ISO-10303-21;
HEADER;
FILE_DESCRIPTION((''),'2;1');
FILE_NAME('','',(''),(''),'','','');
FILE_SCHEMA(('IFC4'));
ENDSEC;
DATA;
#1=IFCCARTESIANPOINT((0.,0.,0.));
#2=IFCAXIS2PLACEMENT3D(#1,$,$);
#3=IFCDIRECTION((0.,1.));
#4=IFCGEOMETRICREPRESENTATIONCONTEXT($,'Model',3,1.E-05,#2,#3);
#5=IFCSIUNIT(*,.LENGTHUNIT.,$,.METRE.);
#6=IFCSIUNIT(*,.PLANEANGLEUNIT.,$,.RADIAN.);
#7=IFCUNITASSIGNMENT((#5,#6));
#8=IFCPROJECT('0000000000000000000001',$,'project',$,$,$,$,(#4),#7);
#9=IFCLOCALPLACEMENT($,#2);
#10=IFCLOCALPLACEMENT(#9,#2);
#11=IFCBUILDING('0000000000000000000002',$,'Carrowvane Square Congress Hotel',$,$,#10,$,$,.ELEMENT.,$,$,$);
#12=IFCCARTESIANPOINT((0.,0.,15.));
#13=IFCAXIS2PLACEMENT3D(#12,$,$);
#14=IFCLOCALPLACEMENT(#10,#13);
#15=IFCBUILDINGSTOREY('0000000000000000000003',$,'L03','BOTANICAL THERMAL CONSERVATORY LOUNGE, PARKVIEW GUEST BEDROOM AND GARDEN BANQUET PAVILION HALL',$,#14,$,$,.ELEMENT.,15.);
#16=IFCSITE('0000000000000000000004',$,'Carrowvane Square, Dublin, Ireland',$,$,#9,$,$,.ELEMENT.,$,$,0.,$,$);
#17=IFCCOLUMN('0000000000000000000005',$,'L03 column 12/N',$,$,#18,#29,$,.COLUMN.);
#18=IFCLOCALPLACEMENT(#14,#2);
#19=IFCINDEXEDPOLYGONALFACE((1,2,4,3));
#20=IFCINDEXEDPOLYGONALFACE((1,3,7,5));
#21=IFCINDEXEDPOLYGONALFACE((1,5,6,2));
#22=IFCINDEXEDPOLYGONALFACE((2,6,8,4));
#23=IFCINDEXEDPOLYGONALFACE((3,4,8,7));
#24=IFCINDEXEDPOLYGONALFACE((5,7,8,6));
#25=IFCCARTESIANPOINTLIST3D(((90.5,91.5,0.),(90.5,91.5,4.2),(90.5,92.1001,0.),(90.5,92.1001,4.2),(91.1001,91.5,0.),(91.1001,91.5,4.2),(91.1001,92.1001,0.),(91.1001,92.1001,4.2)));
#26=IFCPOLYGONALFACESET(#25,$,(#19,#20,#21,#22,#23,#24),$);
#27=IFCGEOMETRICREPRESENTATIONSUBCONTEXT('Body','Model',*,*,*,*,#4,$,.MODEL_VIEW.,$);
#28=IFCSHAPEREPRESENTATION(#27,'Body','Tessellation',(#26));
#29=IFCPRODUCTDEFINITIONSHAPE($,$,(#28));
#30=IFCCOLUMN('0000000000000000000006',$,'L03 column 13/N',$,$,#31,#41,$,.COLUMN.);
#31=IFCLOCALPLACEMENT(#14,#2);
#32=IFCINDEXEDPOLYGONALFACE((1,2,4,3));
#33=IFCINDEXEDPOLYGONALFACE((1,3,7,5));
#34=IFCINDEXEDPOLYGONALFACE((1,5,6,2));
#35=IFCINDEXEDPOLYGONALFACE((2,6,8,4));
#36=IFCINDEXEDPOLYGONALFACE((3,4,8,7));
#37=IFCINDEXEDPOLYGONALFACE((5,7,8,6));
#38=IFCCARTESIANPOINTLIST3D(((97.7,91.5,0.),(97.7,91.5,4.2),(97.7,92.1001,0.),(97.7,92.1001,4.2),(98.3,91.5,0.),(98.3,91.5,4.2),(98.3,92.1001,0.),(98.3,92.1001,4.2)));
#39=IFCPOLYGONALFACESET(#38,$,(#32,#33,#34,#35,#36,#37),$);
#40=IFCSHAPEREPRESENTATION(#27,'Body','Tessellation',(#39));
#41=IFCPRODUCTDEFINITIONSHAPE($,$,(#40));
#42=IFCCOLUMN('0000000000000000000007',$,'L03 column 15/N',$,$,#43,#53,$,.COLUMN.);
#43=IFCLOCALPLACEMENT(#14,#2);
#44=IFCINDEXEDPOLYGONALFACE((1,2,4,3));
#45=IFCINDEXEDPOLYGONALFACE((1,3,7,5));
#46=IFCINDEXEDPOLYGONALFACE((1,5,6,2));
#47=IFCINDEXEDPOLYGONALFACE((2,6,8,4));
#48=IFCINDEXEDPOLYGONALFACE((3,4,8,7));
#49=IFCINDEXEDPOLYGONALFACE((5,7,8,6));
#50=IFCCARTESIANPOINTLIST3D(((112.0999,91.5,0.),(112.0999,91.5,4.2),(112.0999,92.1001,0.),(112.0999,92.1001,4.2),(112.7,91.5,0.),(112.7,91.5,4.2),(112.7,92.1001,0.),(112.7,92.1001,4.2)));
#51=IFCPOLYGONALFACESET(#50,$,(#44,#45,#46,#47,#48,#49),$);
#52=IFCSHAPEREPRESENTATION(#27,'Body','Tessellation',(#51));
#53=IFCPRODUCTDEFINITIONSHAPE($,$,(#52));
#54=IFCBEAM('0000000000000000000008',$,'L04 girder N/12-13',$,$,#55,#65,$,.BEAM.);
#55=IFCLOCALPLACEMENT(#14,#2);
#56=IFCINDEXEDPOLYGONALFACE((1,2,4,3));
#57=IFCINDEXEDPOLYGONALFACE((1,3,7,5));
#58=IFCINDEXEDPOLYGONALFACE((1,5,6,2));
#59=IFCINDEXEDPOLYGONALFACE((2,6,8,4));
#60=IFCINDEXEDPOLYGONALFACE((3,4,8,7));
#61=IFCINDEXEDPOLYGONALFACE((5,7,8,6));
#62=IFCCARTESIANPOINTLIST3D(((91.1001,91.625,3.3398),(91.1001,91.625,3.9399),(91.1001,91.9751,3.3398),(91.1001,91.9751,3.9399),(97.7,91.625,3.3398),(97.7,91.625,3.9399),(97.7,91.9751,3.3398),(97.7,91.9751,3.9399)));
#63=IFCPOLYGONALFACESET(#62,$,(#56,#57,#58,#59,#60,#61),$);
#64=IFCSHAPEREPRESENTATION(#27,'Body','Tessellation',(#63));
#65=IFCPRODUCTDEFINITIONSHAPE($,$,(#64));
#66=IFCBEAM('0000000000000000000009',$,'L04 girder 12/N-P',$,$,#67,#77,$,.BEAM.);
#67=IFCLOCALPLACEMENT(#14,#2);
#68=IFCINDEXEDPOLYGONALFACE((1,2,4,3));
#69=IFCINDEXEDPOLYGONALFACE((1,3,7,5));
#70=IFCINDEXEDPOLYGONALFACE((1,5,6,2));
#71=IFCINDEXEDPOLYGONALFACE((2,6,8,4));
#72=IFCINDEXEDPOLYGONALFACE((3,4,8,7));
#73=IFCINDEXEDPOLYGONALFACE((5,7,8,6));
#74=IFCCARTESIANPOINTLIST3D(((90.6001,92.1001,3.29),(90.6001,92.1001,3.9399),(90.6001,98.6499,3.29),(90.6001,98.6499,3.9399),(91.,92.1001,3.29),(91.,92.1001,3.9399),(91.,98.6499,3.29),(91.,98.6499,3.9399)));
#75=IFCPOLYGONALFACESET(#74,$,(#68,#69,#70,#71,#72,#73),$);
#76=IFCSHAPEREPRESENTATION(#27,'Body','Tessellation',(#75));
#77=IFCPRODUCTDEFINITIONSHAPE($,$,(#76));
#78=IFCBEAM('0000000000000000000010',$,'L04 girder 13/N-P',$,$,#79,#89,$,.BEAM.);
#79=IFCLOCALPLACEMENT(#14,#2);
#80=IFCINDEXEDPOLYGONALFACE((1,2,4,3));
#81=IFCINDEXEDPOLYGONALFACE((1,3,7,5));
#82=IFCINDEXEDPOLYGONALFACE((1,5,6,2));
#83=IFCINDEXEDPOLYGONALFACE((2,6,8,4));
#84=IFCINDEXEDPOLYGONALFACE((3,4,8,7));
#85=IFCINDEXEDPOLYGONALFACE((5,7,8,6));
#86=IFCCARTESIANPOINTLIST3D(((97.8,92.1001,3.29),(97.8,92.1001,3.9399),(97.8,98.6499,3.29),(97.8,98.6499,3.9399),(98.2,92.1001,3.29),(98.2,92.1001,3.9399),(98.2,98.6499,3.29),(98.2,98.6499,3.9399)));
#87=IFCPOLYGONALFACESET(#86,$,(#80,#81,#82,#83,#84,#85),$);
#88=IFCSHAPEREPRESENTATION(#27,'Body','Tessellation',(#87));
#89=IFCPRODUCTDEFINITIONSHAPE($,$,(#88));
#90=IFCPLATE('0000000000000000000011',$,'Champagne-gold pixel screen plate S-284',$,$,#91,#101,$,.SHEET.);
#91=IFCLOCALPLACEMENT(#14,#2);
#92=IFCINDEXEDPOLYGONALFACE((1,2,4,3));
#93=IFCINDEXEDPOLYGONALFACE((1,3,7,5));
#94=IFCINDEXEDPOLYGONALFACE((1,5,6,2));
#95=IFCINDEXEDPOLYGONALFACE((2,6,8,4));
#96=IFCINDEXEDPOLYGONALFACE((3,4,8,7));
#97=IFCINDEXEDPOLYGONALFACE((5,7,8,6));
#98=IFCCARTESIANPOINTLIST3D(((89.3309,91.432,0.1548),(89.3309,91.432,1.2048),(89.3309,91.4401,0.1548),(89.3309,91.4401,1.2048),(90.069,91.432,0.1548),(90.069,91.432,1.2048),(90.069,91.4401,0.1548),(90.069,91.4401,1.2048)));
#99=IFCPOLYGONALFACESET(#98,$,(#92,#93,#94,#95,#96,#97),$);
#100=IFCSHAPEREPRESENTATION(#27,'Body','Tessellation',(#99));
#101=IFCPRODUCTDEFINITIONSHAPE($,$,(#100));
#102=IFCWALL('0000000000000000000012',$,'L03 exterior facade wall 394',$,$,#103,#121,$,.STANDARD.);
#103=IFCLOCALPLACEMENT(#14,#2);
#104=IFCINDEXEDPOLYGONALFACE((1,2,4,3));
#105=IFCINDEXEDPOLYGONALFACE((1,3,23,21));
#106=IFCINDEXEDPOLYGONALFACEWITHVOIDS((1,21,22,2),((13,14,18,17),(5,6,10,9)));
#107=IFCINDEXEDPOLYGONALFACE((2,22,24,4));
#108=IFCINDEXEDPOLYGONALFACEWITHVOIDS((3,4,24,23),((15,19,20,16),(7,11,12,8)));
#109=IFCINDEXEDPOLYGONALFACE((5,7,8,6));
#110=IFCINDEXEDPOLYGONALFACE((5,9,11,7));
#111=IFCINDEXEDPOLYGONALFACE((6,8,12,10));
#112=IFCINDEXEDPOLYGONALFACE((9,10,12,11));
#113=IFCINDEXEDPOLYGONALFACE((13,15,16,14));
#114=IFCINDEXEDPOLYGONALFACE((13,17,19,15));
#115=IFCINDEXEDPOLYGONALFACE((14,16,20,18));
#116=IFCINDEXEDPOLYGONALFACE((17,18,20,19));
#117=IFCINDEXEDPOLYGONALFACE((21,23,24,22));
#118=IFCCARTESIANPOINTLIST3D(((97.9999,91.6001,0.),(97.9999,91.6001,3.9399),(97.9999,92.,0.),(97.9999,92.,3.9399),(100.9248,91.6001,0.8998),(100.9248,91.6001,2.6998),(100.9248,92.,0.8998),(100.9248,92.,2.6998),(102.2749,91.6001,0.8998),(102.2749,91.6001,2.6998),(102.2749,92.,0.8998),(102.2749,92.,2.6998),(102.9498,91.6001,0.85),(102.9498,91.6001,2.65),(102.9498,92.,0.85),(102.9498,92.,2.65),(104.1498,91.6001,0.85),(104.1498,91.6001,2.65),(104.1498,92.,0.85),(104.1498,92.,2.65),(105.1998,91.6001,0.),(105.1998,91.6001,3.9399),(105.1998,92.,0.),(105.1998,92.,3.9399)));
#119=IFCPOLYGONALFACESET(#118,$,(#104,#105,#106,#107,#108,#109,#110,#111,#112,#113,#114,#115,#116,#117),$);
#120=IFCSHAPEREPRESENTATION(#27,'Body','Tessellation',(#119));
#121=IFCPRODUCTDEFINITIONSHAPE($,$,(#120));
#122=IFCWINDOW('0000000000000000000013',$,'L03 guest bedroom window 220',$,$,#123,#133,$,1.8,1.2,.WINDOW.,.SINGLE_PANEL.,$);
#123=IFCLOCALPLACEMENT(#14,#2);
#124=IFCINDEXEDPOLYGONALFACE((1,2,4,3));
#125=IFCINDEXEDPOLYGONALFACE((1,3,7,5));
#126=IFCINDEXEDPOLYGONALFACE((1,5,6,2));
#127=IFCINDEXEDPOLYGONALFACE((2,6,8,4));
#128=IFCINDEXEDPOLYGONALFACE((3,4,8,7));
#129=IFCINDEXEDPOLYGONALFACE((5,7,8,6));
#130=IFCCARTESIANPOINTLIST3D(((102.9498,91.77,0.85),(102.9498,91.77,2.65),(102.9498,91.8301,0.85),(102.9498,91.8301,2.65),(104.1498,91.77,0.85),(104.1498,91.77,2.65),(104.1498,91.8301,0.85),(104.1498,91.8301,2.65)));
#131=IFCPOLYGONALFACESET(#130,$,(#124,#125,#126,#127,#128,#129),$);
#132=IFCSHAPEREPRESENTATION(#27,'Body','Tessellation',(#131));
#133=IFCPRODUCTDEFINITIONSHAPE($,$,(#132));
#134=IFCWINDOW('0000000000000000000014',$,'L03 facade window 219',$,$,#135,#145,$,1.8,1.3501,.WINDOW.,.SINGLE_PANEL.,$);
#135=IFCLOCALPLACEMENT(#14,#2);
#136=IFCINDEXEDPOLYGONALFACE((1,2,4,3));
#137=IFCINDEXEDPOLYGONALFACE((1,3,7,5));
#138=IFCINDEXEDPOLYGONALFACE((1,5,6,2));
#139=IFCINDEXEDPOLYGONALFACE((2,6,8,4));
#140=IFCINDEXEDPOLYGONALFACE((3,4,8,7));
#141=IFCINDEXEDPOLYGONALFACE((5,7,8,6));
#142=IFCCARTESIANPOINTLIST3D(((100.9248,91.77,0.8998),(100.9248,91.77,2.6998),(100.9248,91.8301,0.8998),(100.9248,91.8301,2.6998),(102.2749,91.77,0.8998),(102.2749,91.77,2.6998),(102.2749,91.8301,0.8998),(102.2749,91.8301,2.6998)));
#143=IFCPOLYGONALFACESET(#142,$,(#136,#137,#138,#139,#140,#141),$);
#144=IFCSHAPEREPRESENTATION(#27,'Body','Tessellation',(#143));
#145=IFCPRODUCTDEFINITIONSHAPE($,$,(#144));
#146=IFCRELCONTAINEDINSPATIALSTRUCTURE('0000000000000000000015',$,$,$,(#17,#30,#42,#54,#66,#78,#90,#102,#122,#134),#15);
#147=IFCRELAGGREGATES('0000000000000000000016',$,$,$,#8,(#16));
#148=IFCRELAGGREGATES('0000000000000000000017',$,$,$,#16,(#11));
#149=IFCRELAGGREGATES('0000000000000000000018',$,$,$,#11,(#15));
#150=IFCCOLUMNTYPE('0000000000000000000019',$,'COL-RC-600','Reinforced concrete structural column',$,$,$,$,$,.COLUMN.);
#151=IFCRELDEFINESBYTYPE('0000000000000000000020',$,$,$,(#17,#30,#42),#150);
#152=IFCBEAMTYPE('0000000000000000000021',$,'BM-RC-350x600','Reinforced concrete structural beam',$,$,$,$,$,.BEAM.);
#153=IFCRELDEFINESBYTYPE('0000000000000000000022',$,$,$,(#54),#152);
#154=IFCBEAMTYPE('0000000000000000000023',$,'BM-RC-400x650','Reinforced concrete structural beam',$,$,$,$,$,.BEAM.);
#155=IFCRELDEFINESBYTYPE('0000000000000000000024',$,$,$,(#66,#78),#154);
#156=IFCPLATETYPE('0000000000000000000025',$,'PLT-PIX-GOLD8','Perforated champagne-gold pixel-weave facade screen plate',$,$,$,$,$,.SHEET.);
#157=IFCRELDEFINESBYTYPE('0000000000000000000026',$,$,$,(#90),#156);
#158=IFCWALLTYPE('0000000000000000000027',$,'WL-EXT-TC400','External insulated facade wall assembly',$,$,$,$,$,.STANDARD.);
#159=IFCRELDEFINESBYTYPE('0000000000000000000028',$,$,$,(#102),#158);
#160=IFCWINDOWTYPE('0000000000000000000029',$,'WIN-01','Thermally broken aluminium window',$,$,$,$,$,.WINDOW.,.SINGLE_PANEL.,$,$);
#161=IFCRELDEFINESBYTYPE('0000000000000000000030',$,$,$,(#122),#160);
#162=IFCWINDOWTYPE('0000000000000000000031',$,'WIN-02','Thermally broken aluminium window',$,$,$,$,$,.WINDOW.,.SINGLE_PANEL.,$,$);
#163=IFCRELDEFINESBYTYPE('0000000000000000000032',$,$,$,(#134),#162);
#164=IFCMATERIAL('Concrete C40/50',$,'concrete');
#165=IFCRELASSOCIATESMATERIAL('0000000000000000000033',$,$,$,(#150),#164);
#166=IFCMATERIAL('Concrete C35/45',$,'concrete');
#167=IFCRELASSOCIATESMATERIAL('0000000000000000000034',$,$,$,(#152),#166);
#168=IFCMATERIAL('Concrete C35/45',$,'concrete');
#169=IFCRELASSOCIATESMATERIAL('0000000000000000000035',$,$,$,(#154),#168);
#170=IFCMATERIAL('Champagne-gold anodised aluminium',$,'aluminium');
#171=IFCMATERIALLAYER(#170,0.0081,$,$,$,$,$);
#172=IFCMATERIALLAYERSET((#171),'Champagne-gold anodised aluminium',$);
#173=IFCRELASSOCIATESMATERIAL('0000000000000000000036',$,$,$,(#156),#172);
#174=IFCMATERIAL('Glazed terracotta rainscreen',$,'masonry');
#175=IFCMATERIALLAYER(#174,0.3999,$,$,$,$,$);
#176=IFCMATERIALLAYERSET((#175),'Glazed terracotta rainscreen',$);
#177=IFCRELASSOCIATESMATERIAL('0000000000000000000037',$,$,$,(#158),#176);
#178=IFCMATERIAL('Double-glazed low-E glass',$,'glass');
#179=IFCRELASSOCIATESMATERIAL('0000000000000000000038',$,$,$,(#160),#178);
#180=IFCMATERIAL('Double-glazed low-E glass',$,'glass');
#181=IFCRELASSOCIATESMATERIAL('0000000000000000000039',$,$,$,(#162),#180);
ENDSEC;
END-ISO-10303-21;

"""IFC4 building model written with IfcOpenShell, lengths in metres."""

from ifc_helpers import new_model, si_unit, direction, frame, frame_2d, origin, origin_2d, place, context, subcontext, project, spatial, rectangle, extrude, material, layer, layer_set, material_profile, profile_set, type_object, element, fill, save


model = new_model("IFC4")

# Units and contexts
model_context = context("Model", 3, precision=1e-05, world=origin(), true_north=direction((0.0, 1.0)))
body_context = subcontext(model_context, "Body", "Model", "MODEL_VIEW")
ifc_project = project(units=[si_unit("LENGTHUNIT", "METRE"), si_unit("PLANEANGLEUNIT", "RADIAN")], contexts=[model_context])

# Site, building, storey
site_placement = place(None, origin())
site = spatial("IfcSite", under=ifc_project, at=site_placement, Name="Carrowvane Square, Dublin, Ireland", CompositionType="ELEMENT", RefElevation=0.0)
building_placement = place(site_placement, origin())
building = spatial("IfcBuilding", under=site, at=building_placement, Name="Carrowvane Square Congress Hotel", CompositionType="ELEMENT")
storey_placement = place(building_placement, frame((0.0, 0.0, 15.0)))
storey = spatial("IfcBuildingStorey", under=building, at=storey_placement, Name="L03", Description="BOTANICAL THERMAL CONSERVATORY LOUNGE, PARKVIEW GUEST BEDROOM AND GARDEN BANQUET PAVILION HALL", CompositionType="ELEMENT", Elevation=15.0)

# Columns
ifc_material_1 = material(Name="Concrete C40/50", Category="concrete")
ifc_material_profile_1 = material_profile(ifc_material_1, rectangle(XDim=0.6001, YDim=0.6001, at=origin_2d()), Name="RC 600x600")
ifc_profile_set_1 = profile_set([ifc_material_profile_1], Name="Concrete C40/50")
column_type = type_object("IfcColumnType", Name="COL-RC-600", Description="Reinforced concrete structural column", PredefinedType="COLUMN", material=ifc_profile_set_1)
for number, where, z_axis, x_axis, name in (
    (1, (90.8, 91.8, 0.0), (0.0, 0.0, 1.0), (1.0, 0.0, 0.0), "L03 column 12/N"),
    (2, (98.0, 91.8, 0.0), (0.0, 0.0, 1.0), (1.0, 0.0, 0.0), "L03 column 13/N"),
    (3, (112.3999, 91.8, 0.0), (0.0, 0.0, 1.0), (1.0, 0.0, 0.0), "L03 column 15/N"),
):
    element("IfcColumn", number, at=place(storey_placement, frame(where, z_axis=z_axis, x_axis=x_axis)), inside=storey, type_object=column_type, Name=name, PredefinedType="COLUMN", context=body_context, shape_type="SweptSolid", body=[
        extrude(rectangle(XDim=0.6001, YDim=0.6001, at=origin_2d()), origin(), (0.0, 0.0, 1.0), 4.2),
    ])

# Beams
ifc_material_2 = material(Name="Concrete C35/45", Category="concrete")
ifc_material_profile_2 = material_profile(ifc_material_2, rectangle(XDim=0.3501, YDim=0.6001, at=origin_2d()), Name="RC 350x600")
ifc_profile_set_2 = profile_set([ifc_material_profile_2], Name="Concrete C35/45")
beam_type_1 = type_object("IfcBeamType", Name="BM-RC-350x600", Description="Reinforced concrete structural beam", PredefinedType="BEAM", material=ifc_profile_set_2)
beam_placement = place(storey_placement, frame((91.1001, 91.8, 3.6399), z_axis=(1.0, 0.0, 0.0), x_axis=(0.0, 1.0, 0.0)))
element("IfcBeam", 4, at=beam_placement, inside=storey, type_object=beam_type_1, Name="L04 girder N/12-13", PredefinedType="BEAM", context=body_context, shape_type="SweptSolid", body=[
    extrude(rectangle(XDim=0.3501, YDim=0.6001, at=origin_2d()), origin(), (0.0, 0.0, 1.0), 6.5999),
])
ifc_material_3 = material(Name="Concrete C35/45", Category="concrete")
ifc_material_profile_3 = material_profile(ifc_material_3, rectangle(XDim=0.3999, YDim=0.6499, at=origin_2d()), Name="RC 400x650")
ifc_profile_set_3 = profile_set([ifc_material_profile_3], Name="Concrete C35/45")
beam_type_2 = type_object("IfcBeamType", Name="BM-RC-400x650", Description="Reinforced concrete structural beam", PredefinedType="BEAM", material=ifc_profile_set_3)
for number, where, z_axis, x_axis, name in (
    (5, (90.8, 92.1001, 3.615), (0.0, 1.0, 0.0), (-1.0, 0.0, 0.0), "L04 girder 12/N-P"),
    (6, (98.0, 92.1001, 3.615), (0.0, 1.0, 0.0), (-1.0, 0.0, 0.0), "L04 girder 13/N-P"),
):
    element("IfcBeam", number, at=place(storey_placement, frame(where, z_axis=z_axis, x_axis=x_axis)), inside=storey, type_object=beam_type_2, Name=name, PredefinedType="BEAM", context=body_context, shape_type="SweptSolid", body=[
        extrude(rectangle(XDim=0.3999, YDim=0.6499, at=origin_2d()), origin(), (0.0, 0.0, 1.0), 6.5498),
    ])

# Plate
ifc_material_4 = material(Name="Champagne-gold anodised aluminium", Category="aluminium")
ifc_layer_1 = layer(ifc_material_4, 0.0081)
ifc_layer_set_1 = layer_set([ifc_layer_1], Name="Champagne-gold anodised aluminium")
plate_type = type_object("IfcPlateType", Name="PLT-PIX-GOLD8", Description="Perforated champagne-gold pixel-weave facade screen plate", PredefinedType="SHEET", material=ifc_layer_set_1)
plate_placement = place(storey_placement, frame((89.7, 91.436, 0.1548), z_axis=(0.0, 0.0, 1.0), x_axis=(-1.0, 0.0, 0.0)))
element("IfcPlate", 7, at=plate_placement, inside=storey, type_object=plate_type, Name="Champagne-gold pixel screen plate S-284", PredefinedType="SHEET", context=body_context, shape_type="SweptSolid", body=[
    extrude(rectangle(XDim=0.738, YDim=0.0081, at=origin_2d()), origin(), (0.0, 0.0, 1.0), 1.05),
])

# Wall, openings, windows
ifc_material_5 = material(Name="Glazed terracotta rainscreen", Category="masonry")
ifc_layer_2 = layer(ifc_material_5, 0.3999)
ifc_layer_set_2 = layer_set([ifc_layer_2], Name="Glazed terracotta rainscreen")
wall_type_1 = type_object("IfcWallType", Name="WL-EXT-TC400", Description="External insulated facade wall assembly", PredefinedType="STANDARD", material=ifc_layer_set_2)
wall_1_placement = place(storey_placement, frame((105.2, 91.8, 0.0), z_axis=(0.0, 0.0, 1.0), x_axis=(-1.0, 0.0, 0.0)))
wall_1 = element("IfcWall", 8, at=wall_1_placement, inside=storey, type_object=wall_type_1, Name="L03 exterior facade wall 394", PredefinedType="STANDARD", context=body_context, shape_type="SweptSolid", body=[
    extrude(rectangle(XDim=7.2, YDim=0.3999, at=frame_2d((3.6001, 0.0))), origin(), (0.0, 0.0, 1.0), 3.9399),
])
opening_1_placement = place(wall_1_placement, frame((2.925, 0.0, 0.8999)))
opening_1 = element("IfcOpeningElement", 9, at=opening_1_placement, cuts=wall_1, PredefinedType="OPENING", context=body_context, shape_type="SweptSolid", body=[
    extrude(rectangle(XDim=1.3501, YDim=1.8, at=frame_2d((0.675, 0.8999))), frame((0.0, 0.21, 0.0), z_axis=(0.0, -1.0, 0.0), x_axis=(1.0, 0.0, 0.0)), (0.0, 0.0, 1.0), 0.4199),
])
opening_2_placement = place(wall_1_placement, frame((1.05, 0.0, 0.8501)))
opening_2 = element("IfcOpeningElement", 10, at=opening_2_placement, cuts=wall_1, PredefinedType="OPENING", context=body_context, shape_type="SweptSolid", body=[
    extrude(rectangle(XDim=1.2, YDim=1.8, at=frame_2d((0.6001, 0.8999))), frame((0.0, 0.21, 0.0), z_axis=(0.0, -1.0, 0.0), x_axis=(1.0, 0.0, 0.0)), (0.0, 0.0, 1.0), 0.4199),
])
ifc_material_6 = material(Name="Double-glazed low-E glass", Category="glass")
window_type_1 = type_object("IfcWindowType", Name="WIN-01", Description="Thermally broken aluminium window", PartitioningType="SINGLE_PANEL", PredefinedType="WINDOW", material=ifc_material_6)
window_1_placement = place(opening_2_placement, origin())
window_1 = element("IfcWindow", 11, at=window_1_placement, inside=storey, type_object=window_type_1, Name="L03 guest bedroom window 220", OverallHeight=1.8, OverallWidth=1.2, PartitioningType="SINGLE_PANEL", PredefinedType="WINDOW", context=body_context, shape_type="SweptSolid", body=[
    extrude(rectangle(XDim=1.2, YDim=1.8, at=frame_2d((0.6001, 0.8999))), frame((0.0, 0.03, 0.0), z_axis=(0.0, -1.0, 0.0), x_axis=(1.0, 0.0, 0.0)), (0.0, 0.0, 1.0), 0.0601),
])
fill(opening_2, window_1)
ifc_material_7 = material(Name="Double-glazed low-E glass", Category="glass")
window_type_2 = type_object("IfcWindowType", Name="WIN-02", Description="Thermally broken aluminium window", PartitioningType="SINGLE_PANEL", PredefinedType="WINDOW", material=ifc_material_7)
window_2_placement = place(opening_1_placement, origin())
window_2 = element("IfcWindow", 12, at=window_2_placement, inside=storey, type_object=window_type_2, Name="L03 facade window 219", OverallHeight=1.8, OverallWidth=1.3501, PartitioningType="SINGLE_PANEL", PredefinedType="WINDOW", context=body_context, shape_type="SweptSolid", body=[
    extrude(rectangle(XDim=1.3501, YDim=1.8, at=frame_2d((0.675, 0.8999))), frame((0.0, 0.03, 0.0), z_axis=(0.0, -1.0, 0.0), x_axis=(1.0, 0.0, 0.0)), (0.0, 0.0, 1.0), 0.0601),
])
fill(opening_1, window_2)

save(model, "model.ifc")
